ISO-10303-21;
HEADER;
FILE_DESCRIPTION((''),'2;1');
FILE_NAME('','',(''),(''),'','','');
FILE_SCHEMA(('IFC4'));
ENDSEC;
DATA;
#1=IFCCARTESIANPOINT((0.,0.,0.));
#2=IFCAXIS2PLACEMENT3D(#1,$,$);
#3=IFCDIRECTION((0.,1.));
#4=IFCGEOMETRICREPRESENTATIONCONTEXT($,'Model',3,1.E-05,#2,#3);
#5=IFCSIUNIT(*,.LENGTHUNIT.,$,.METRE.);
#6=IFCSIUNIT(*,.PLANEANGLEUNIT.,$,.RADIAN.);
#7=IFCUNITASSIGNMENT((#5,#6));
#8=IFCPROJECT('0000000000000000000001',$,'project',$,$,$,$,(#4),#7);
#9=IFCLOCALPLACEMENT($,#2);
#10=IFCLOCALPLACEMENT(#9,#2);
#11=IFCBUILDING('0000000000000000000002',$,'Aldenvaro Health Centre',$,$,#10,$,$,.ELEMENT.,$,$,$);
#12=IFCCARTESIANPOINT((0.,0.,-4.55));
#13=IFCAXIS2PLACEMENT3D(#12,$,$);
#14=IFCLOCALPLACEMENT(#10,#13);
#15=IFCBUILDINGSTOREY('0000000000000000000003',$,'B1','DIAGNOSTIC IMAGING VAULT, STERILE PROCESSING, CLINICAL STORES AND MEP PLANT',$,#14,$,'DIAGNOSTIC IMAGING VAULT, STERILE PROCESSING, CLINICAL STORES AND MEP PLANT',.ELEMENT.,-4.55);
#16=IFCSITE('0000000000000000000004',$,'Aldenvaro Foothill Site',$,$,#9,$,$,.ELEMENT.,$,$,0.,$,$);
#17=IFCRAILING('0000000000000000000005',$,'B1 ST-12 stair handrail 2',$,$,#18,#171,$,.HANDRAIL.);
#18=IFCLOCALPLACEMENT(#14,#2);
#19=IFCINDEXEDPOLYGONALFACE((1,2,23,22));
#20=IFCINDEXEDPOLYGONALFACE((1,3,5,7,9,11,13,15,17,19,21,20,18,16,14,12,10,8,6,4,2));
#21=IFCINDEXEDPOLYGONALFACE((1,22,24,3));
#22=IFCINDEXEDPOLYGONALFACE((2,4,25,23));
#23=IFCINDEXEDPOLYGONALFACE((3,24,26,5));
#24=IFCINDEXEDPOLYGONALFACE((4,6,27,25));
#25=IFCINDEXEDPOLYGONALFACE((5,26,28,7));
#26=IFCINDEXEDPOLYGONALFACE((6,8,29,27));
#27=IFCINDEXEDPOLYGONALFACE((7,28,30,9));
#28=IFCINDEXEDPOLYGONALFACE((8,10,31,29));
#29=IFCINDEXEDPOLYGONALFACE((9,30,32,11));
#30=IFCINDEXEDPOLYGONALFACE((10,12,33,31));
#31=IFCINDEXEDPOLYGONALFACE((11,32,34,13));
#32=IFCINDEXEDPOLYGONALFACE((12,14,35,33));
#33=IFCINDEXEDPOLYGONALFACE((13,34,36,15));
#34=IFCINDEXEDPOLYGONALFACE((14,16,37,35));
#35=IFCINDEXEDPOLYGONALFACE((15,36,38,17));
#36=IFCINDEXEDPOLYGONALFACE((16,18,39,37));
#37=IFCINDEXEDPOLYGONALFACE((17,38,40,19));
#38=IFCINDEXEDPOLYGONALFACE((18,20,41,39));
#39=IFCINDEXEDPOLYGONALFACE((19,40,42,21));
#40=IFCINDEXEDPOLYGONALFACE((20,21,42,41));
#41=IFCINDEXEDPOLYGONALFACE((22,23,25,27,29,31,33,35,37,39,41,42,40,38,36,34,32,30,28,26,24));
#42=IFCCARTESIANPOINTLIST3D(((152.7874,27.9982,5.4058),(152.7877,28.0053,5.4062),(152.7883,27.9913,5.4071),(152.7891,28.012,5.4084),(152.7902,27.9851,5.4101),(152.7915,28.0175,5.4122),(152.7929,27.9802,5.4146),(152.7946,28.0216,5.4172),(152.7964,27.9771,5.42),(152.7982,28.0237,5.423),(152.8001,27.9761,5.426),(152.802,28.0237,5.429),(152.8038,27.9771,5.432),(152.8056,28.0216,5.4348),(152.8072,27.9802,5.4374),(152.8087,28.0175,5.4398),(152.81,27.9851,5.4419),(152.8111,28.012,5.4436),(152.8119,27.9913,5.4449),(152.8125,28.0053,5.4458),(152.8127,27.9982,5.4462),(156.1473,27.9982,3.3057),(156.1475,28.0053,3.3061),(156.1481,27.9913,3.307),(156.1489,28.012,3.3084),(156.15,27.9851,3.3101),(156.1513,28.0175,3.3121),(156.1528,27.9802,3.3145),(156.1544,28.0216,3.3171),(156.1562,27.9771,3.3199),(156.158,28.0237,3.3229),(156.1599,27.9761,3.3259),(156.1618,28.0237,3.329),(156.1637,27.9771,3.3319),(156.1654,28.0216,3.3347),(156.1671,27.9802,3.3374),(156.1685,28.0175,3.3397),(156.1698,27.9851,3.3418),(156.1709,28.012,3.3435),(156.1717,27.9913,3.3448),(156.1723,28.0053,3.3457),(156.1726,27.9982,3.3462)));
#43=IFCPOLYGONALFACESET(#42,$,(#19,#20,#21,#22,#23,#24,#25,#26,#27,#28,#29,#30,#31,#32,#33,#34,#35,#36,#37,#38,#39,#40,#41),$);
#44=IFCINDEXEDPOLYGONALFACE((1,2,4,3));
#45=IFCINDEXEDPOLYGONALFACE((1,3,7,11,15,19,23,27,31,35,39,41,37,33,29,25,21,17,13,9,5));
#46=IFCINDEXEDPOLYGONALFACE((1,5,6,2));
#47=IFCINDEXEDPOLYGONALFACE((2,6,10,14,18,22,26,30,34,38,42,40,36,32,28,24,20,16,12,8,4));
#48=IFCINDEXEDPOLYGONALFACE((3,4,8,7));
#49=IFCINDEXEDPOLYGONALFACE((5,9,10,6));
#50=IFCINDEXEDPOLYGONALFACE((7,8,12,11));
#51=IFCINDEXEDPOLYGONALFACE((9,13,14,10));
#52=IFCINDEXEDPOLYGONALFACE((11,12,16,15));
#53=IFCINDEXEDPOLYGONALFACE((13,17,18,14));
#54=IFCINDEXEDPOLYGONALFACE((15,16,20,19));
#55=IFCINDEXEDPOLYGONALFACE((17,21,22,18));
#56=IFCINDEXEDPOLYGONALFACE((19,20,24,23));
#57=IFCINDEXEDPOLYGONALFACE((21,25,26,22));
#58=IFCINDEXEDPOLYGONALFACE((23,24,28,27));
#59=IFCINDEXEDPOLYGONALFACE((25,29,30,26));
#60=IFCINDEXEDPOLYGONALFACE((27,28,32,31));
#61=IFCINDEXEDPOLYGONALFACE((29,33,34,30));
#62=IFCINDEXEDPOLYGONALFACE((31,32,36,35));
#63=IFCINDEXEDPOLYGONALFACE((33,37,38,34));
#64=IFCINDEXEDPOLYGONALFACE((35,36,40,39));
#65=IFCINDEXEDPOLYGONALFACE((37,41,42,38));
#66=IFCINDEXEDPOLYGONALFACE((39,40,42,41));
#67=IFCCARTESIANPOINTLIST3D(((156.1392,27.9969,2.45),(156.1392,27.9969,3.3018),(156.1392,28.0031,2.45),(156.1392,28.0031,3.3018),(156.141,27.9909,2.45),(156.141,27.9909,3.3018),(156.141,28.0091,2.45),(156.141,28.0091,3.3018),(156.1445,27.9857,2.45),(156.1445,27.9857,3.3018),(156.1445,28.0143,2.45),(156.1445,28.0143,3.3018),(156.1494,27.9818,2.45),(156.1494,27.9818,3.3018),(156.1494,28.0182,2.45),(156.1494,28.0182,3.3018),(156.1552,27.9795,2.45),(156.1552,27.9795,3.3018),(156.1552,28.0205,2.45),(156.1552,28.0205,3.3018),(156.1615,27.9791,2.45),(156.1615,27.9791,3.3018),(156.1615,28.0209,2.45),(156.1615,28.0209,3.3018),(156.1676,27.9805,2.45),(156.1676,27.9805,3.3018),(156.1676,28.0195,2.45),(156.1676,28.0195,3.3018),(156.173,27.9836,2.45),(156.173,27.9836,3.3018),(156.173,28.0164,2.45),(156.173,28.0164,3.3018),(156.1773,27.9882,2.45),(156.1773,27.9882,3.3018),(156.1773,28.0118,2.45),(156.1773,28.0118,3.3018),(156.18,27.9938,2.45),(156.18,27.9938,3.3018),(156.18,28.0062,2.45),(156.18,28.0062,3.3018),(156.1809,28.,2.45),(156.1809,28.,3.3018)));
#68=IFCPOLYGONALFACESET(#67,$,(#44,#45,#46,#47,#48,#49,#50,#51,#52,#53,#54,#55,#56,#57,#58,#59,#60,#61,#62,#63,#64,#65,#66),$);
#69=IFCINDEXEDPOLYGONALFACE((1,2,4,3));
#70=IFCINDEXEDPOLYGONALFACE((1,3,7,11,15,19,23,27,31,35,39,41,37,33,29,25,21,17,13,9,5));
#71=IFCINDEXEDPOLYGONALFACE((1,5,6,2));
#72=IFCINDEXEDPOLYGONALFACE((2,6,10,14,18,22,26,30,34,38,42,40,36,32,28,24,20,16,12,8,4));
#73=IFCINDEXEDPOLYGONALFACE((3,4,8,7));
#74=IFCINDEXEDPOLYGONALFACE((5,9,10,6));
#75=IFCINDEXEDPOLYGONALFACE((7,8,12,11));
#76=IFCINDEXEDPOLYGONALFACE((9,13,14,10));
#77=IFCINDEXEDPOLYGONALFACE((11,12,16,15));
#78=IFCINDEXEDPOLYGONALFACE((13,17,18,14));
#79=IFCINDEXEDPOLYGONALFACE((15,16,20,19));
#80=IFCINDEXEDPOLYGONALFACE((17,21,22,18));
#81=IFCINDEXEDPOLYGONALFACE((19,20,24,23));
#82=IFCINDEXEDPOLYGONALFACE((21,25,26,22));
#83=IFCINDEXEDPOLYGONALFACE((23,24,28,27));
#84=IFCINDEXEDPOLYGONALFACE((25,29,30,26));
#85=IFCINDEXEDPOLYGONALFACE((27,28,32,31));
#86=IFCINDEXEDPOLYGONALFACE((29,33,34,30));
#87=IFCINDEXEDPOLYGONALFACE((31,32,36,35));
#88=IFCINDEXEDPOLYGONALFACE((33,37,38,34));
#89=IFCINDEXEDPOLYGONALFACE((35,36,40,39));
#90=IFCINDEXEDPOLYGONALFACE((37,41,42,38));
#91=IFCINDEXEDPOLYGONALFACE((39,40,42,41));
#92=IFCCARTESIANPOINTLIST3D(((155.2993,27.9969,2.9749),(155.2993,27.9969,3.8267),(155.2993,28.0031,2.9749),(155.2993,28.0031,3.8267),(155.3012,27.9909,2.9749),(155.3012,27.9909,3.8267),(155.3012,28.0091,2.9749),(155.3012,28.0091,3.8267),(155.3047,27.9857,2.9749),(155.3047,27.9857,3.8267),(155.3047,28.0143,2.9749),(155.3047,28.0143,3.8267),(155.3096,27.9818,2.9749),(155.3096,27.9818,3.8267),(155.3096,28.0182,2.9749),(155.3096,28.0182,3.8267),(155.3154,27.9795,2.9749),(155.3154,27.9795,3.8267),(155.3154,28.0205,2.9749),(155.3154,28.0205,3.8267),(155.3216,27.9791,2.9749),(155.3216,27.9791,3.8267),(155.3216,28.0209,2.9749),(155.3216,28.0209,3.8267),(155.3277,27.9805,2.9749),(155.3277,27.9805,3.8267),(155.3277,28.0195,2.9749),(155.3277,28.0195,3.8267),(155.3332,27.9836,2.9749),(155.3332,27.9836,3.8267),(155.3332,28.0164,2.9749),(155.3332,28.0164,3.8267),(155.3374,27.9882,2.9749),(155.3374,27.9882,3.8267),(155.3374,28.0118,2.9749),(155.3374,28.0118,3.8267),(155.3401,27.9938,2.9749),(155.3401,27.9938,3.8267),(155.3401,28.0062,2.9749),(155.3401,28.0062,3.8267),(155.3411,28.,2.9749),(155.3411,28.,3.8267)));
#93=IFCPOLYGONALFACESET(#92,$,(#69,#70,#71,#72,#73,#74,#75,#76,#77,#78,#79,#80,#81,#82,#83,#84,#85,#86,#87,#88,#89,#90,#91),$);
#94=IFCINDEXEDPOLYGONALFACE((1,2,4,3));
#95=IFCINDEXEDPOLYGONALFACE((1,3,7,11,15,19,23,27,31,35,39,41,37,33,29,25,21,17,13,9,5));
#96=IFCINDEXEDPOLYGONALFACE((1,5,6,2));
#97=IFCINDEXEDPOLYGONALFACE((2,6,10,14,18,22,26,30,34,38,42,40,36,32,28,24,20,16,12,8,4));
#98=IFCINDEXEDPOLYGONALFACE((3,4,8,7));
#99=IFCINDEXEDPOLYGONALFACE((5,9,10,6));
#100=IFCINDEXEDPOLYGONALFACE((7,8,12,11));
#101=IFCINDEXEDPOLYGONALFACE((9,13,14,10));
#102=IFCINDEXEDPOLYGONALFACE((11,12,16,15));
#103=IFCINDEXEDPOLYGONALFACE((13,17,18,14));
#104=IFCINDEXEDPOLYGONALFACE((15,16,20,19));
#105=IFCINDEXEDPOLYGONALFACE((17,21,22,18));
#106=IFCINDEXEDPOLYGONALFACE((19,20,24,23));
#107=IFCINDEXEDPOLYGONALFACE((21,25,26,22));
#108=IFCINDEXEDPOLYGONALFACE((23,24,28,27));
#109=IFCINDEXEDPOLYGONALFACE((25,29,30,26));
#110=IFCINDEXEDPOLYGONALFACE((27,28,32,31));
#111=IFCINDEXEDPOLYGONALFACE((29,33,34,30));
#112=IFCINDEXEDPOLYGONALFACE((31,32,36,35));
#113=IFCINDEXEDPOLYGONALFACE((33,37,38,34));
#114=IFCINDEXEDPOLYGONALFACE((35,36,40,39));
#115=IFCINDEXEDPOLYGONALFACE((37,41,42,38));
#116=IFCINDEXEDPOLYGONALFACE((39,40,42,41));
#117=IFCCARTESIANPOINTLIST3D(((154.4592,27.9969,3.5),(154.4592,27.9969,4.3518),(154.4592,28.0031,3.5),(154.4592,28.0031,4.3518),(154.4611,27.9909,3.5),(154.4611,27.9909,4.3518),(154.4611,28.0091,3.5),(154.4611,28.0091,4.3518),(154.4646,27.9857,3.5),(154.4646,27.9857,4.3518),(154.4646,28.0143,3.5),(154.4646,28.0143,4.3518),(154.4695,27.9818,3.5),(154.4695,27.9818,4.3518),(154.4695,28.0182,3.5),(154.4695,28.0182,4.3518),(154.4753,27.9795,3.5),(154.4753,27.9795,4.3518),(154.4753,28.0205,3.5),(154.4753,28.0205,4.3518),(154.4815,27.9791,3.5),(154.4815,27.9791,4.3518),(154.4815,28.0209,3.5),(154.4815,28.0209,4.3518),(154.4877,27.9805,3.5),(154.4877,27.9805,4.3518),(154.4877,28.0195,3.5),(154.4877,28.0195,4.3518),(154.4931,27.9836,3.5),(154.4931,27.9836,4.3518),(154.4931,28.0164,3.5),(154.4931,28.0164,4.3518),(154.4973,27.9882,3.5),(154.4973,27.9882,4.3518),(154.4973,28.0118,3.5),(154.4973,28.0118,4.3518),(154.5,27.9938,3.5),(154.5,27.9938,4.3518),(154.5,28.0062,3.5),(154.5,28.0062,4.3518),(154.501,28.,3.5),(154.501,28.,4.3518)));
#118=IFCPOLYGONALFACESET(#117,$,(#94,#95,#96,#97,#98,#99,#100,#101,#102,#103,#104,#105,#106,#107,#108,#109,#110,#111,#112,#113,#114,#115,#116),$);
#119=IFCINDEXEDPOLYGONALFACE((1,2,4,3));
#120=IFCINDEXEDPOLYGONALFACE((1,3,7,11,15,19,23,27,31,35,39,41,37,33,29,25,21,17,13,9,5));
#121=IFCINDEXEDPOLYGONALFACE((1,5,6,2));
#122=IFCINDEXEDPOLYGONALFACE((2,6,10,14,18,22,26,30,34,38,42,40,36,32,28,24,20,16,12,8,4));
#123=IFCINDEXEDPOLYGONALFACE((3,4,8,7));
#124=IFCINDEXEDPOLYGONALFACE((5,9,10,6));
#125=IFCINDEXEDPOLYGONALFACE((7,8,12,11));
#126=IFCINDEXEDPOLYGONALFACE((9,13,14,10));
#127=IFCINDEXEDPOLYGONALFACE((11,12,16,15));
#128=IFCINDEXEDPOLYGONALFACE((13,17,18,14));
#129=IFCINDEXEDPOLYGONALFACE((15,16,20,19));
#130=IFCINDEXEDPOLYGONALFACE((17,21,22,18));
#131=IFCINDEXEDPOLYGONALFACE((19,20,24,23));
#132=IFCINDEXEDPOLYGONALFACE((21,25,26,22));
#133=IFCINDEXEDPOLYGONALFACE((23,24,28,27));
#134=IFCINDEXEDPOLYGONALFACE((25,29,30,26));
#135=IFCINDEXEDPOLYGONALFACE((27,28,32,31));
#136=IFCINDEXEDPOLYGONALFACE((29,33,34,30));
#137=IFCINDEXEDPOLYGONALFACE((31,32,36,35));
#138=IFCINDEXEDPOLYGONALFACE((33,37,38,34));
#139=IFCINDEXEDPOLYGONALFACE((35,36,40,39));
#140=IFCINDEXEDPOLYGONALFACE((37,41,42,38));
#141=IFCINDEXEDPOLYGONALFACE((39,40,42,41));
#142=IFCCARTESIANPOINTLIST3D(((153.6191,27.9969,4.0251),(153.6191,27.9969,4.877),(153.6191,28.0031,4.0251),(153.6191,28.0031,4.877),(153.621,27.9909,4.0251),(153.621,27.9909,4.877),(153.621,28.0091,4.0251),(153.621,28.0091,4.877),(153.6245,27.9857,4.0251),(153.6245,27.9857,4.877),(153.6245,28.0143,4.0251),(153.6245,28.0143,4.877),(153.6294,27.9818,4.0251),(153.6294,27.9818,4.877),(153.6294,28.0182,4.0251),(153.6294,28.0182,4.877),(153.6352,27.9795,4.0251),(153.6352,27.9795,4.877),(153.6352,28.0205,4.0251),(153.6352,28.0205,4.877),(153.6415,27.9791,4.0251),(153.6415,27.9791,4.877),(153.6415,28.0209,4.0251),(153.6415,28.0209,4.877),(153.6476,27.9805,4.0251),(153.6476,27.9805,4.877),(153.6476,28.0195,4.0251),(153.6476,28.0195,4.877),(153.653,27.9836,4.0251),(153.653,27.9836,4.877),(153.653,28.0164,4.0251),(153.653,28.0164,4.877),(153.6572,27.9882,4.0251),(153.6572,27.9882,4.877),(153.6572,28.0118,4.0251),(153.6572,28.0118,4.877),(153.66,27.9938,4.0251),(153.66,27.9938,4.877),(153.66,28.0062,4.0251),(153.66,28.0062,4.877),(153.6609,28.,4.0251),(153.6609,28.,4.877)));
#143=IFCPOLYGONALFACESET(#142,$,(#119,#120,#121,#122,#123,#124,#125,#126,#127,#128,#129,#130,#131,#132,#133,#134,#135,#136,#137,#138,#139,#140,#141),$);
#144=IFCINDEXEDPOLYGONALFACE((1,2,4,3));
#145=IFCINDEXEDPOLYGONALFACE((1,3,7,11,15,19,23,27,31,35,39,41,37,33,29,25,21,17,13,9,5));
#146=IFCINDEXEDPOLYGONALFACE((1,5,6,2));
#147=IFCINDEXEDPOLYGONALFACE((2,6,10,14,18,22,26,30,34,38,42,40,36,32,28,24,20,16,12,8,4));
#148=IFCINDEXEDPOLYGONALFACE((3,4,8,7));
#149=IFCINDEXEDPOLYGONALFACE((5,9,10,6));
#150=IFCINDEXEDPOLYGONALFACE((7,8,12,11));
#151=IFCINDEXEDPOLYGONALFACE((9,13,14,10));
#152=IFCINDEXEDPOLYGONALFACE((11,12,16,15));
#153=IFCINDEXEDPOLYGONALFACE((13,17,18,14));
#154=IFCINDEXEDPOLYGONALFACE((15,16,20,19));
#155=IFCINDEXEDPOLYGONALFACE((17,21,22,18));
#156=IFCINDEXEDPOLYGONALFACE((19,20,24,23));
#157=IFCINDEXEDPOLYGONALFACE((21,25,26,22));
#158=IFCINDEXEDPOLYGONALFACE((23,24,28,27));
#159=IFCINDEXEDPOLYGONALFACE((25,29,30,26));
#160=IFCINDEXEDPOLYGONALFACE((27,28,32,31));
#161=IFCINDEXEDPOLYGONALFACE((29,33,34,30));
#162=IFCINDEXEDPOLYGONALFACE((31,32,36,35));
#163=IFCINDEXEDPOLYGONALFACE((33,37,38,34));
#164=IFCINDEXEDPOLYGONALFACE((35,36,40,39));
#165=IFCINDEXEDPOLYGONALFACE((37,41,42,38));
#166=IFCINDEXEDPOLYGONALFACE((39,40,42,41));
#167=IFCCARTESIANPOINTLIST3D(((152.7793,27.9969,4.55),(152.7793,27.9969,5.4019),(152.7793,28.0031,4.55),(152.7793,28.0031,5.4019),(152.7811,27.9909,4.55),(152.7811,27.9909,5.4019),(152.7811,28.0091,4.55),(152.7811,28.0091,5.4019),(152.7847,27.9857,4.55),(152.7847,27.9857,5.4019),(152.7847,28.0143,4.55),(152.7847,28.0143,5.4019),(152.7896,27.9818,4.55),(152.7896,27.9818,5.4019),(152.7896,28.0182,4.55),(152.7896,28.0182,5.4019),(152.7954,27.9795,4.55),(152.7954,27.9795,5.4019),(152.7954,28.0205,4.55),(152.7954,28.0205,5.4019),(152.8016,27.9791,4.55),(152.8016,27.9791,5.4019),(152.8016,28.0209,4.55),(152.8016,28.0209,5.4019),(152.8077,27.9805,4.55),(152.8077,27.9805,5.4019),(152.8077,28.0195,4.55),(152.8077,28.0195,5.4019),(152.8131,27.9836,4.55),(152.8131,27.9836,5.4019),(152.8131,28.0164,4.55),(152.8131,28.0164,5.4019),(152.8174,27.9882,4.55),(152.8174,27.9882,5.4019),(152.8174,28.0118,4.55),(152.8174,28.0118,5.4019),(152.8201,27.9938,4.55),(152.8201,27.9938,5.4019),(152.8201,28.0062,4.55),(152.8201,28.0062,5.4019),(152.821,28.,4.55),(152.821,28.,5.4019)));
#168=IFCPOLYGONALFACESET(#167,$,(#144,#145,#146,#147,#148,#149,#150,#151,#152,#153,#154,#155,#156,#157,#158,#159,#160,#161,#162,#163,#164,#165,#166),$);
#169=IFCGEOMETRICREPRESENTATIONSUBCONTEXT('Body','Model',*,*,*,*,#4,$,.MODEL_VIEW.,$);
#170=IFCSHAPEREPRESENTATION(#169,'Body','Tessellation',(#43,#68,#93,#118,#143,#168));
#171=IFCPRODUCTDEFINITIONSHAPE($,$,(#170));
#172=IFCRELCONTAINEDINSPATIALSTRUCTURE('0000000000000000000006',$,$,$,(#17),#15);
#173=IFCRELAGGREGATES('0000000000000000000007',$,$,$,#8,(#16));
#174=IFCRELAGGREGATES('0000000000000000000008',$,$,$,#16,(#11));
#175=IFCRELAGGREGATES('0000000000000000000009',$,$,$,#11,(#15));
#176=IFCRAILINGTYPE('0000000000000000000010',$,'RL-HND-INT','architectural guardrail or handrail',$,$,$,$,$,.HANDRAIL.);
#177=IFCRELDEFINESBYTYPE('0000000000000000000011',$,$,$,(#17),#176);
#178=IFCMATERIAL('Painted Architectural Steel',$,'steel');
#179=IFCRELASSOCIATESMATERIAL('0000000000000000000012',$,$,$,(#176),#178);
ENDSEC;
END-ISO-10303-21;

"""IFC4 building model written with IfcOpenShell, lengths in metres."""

from ifc_helpers import new_model, si_unit, direction, frame, origin, origin_2d, place, context, subcontext, project, spatial, circle, extrude, material, type_object, element, save


model = new_model("IFC4")

# Units and contexts
model_context = context("Model", 3, precision=1e-05, world=origin(), true_north=direction((0.0, 1.0)))
body_context = subcontext(model_context, "Body", "Model", "MODEL_VIEW")
ifc_project = project(units=[si_unit("LENGTHUNIT", "METRE"), si_unit("PLANEANGLEUNIT", "RADIAN")], contexts=[model_context])

# Site, building, storey
site_placement = place(None, origin())
site = spatial("IfcSite", under=ifc_project, at=site_placement, Name="Aldenvaro Foothill Site", CompositionType="ELEMENT", RefElevation=0.0)
building_placement = place(site_placement, origin())
building = spatial("IfcBuilding", under=site, at=building_placement, Name="Aldenvaro Health Centre", CompositionType="ELEMENT")
storey_placement = place(building_placement, frame((0.0, 0.0, -4.55)))
storey = spatial("IfcBuildingStorey", under=building, at=storey_placement, Name="B1", Description="DIAGNOSTIC IMAGING VAULT, STERILE PROCESSING, CLINICAL STORES AND MEP PLANT", LongName="DIAGNOSTIC IMAGING VAULT, STERILE PROCESSING, CLINICAL STORES AND MEP PLANT", CompositionType="ELEMENT", Elevation=-4.55)

# Railing
ifc_material_1 = material(Name="Painted Architectural Steel", Category="steel")
railing_type_1 = type_object("IfcRailingType", Name="RL-HND-INT", Description="architectural guardrail or handrail", PredefinedType="HANDRAIL", material=ifc_material_1)
railing_1_placement = place(storey_placement, frame((156.1599, 28.0, 2.45)))
element("IfcRailing", 1, at=railing_1_placement, inside=storey, type_object=railing_type_1, Name="B1 ST-12 stair handrail 2", PredefinedType="HANDRAIL", context=body_context, shape_type="SweptSolid", body=[
    extrude(circle(Radius=0.0239, at=origin_2d()), frame((0.0, 0.0, 0.876), z_axis=(-0.847978, 0.0, 0.530032), x_axis=(0.0, -1.0, 0.0)), (0.0, 0.0, 1.0), 3.9622),
    extrude(circle(Radius=0.021, at=origin_2d()), origin(), (0.0, 0.0, 1.0), 0.8518),
    extrude(circle(Radius=0.021, at=origin_2d()), frame((-0.8398, 0.0, 0.5249)), (0.0, 0.0, 1.0), 0.8518),
    extrude(circle(Radius=0.021, at=origin_2d()), frame((-1.6799, 0.0, 1.05)), (0.0, 0.0, 1.0), 0.8518),
    extrude(circle(Radius=0.021, at=origin_2d()), frame((-2.52, 0.0, 1.5752)), (0.0, 0.0, 1.0), 0.8518),
    extrude(circle(Radius=0.021, at=origin_2d()), frame((-3.3599, 0.0, 2.1001)), (0.0, 0.0, 1.0), 0.8518),
])

save(model, "model.ifc")
